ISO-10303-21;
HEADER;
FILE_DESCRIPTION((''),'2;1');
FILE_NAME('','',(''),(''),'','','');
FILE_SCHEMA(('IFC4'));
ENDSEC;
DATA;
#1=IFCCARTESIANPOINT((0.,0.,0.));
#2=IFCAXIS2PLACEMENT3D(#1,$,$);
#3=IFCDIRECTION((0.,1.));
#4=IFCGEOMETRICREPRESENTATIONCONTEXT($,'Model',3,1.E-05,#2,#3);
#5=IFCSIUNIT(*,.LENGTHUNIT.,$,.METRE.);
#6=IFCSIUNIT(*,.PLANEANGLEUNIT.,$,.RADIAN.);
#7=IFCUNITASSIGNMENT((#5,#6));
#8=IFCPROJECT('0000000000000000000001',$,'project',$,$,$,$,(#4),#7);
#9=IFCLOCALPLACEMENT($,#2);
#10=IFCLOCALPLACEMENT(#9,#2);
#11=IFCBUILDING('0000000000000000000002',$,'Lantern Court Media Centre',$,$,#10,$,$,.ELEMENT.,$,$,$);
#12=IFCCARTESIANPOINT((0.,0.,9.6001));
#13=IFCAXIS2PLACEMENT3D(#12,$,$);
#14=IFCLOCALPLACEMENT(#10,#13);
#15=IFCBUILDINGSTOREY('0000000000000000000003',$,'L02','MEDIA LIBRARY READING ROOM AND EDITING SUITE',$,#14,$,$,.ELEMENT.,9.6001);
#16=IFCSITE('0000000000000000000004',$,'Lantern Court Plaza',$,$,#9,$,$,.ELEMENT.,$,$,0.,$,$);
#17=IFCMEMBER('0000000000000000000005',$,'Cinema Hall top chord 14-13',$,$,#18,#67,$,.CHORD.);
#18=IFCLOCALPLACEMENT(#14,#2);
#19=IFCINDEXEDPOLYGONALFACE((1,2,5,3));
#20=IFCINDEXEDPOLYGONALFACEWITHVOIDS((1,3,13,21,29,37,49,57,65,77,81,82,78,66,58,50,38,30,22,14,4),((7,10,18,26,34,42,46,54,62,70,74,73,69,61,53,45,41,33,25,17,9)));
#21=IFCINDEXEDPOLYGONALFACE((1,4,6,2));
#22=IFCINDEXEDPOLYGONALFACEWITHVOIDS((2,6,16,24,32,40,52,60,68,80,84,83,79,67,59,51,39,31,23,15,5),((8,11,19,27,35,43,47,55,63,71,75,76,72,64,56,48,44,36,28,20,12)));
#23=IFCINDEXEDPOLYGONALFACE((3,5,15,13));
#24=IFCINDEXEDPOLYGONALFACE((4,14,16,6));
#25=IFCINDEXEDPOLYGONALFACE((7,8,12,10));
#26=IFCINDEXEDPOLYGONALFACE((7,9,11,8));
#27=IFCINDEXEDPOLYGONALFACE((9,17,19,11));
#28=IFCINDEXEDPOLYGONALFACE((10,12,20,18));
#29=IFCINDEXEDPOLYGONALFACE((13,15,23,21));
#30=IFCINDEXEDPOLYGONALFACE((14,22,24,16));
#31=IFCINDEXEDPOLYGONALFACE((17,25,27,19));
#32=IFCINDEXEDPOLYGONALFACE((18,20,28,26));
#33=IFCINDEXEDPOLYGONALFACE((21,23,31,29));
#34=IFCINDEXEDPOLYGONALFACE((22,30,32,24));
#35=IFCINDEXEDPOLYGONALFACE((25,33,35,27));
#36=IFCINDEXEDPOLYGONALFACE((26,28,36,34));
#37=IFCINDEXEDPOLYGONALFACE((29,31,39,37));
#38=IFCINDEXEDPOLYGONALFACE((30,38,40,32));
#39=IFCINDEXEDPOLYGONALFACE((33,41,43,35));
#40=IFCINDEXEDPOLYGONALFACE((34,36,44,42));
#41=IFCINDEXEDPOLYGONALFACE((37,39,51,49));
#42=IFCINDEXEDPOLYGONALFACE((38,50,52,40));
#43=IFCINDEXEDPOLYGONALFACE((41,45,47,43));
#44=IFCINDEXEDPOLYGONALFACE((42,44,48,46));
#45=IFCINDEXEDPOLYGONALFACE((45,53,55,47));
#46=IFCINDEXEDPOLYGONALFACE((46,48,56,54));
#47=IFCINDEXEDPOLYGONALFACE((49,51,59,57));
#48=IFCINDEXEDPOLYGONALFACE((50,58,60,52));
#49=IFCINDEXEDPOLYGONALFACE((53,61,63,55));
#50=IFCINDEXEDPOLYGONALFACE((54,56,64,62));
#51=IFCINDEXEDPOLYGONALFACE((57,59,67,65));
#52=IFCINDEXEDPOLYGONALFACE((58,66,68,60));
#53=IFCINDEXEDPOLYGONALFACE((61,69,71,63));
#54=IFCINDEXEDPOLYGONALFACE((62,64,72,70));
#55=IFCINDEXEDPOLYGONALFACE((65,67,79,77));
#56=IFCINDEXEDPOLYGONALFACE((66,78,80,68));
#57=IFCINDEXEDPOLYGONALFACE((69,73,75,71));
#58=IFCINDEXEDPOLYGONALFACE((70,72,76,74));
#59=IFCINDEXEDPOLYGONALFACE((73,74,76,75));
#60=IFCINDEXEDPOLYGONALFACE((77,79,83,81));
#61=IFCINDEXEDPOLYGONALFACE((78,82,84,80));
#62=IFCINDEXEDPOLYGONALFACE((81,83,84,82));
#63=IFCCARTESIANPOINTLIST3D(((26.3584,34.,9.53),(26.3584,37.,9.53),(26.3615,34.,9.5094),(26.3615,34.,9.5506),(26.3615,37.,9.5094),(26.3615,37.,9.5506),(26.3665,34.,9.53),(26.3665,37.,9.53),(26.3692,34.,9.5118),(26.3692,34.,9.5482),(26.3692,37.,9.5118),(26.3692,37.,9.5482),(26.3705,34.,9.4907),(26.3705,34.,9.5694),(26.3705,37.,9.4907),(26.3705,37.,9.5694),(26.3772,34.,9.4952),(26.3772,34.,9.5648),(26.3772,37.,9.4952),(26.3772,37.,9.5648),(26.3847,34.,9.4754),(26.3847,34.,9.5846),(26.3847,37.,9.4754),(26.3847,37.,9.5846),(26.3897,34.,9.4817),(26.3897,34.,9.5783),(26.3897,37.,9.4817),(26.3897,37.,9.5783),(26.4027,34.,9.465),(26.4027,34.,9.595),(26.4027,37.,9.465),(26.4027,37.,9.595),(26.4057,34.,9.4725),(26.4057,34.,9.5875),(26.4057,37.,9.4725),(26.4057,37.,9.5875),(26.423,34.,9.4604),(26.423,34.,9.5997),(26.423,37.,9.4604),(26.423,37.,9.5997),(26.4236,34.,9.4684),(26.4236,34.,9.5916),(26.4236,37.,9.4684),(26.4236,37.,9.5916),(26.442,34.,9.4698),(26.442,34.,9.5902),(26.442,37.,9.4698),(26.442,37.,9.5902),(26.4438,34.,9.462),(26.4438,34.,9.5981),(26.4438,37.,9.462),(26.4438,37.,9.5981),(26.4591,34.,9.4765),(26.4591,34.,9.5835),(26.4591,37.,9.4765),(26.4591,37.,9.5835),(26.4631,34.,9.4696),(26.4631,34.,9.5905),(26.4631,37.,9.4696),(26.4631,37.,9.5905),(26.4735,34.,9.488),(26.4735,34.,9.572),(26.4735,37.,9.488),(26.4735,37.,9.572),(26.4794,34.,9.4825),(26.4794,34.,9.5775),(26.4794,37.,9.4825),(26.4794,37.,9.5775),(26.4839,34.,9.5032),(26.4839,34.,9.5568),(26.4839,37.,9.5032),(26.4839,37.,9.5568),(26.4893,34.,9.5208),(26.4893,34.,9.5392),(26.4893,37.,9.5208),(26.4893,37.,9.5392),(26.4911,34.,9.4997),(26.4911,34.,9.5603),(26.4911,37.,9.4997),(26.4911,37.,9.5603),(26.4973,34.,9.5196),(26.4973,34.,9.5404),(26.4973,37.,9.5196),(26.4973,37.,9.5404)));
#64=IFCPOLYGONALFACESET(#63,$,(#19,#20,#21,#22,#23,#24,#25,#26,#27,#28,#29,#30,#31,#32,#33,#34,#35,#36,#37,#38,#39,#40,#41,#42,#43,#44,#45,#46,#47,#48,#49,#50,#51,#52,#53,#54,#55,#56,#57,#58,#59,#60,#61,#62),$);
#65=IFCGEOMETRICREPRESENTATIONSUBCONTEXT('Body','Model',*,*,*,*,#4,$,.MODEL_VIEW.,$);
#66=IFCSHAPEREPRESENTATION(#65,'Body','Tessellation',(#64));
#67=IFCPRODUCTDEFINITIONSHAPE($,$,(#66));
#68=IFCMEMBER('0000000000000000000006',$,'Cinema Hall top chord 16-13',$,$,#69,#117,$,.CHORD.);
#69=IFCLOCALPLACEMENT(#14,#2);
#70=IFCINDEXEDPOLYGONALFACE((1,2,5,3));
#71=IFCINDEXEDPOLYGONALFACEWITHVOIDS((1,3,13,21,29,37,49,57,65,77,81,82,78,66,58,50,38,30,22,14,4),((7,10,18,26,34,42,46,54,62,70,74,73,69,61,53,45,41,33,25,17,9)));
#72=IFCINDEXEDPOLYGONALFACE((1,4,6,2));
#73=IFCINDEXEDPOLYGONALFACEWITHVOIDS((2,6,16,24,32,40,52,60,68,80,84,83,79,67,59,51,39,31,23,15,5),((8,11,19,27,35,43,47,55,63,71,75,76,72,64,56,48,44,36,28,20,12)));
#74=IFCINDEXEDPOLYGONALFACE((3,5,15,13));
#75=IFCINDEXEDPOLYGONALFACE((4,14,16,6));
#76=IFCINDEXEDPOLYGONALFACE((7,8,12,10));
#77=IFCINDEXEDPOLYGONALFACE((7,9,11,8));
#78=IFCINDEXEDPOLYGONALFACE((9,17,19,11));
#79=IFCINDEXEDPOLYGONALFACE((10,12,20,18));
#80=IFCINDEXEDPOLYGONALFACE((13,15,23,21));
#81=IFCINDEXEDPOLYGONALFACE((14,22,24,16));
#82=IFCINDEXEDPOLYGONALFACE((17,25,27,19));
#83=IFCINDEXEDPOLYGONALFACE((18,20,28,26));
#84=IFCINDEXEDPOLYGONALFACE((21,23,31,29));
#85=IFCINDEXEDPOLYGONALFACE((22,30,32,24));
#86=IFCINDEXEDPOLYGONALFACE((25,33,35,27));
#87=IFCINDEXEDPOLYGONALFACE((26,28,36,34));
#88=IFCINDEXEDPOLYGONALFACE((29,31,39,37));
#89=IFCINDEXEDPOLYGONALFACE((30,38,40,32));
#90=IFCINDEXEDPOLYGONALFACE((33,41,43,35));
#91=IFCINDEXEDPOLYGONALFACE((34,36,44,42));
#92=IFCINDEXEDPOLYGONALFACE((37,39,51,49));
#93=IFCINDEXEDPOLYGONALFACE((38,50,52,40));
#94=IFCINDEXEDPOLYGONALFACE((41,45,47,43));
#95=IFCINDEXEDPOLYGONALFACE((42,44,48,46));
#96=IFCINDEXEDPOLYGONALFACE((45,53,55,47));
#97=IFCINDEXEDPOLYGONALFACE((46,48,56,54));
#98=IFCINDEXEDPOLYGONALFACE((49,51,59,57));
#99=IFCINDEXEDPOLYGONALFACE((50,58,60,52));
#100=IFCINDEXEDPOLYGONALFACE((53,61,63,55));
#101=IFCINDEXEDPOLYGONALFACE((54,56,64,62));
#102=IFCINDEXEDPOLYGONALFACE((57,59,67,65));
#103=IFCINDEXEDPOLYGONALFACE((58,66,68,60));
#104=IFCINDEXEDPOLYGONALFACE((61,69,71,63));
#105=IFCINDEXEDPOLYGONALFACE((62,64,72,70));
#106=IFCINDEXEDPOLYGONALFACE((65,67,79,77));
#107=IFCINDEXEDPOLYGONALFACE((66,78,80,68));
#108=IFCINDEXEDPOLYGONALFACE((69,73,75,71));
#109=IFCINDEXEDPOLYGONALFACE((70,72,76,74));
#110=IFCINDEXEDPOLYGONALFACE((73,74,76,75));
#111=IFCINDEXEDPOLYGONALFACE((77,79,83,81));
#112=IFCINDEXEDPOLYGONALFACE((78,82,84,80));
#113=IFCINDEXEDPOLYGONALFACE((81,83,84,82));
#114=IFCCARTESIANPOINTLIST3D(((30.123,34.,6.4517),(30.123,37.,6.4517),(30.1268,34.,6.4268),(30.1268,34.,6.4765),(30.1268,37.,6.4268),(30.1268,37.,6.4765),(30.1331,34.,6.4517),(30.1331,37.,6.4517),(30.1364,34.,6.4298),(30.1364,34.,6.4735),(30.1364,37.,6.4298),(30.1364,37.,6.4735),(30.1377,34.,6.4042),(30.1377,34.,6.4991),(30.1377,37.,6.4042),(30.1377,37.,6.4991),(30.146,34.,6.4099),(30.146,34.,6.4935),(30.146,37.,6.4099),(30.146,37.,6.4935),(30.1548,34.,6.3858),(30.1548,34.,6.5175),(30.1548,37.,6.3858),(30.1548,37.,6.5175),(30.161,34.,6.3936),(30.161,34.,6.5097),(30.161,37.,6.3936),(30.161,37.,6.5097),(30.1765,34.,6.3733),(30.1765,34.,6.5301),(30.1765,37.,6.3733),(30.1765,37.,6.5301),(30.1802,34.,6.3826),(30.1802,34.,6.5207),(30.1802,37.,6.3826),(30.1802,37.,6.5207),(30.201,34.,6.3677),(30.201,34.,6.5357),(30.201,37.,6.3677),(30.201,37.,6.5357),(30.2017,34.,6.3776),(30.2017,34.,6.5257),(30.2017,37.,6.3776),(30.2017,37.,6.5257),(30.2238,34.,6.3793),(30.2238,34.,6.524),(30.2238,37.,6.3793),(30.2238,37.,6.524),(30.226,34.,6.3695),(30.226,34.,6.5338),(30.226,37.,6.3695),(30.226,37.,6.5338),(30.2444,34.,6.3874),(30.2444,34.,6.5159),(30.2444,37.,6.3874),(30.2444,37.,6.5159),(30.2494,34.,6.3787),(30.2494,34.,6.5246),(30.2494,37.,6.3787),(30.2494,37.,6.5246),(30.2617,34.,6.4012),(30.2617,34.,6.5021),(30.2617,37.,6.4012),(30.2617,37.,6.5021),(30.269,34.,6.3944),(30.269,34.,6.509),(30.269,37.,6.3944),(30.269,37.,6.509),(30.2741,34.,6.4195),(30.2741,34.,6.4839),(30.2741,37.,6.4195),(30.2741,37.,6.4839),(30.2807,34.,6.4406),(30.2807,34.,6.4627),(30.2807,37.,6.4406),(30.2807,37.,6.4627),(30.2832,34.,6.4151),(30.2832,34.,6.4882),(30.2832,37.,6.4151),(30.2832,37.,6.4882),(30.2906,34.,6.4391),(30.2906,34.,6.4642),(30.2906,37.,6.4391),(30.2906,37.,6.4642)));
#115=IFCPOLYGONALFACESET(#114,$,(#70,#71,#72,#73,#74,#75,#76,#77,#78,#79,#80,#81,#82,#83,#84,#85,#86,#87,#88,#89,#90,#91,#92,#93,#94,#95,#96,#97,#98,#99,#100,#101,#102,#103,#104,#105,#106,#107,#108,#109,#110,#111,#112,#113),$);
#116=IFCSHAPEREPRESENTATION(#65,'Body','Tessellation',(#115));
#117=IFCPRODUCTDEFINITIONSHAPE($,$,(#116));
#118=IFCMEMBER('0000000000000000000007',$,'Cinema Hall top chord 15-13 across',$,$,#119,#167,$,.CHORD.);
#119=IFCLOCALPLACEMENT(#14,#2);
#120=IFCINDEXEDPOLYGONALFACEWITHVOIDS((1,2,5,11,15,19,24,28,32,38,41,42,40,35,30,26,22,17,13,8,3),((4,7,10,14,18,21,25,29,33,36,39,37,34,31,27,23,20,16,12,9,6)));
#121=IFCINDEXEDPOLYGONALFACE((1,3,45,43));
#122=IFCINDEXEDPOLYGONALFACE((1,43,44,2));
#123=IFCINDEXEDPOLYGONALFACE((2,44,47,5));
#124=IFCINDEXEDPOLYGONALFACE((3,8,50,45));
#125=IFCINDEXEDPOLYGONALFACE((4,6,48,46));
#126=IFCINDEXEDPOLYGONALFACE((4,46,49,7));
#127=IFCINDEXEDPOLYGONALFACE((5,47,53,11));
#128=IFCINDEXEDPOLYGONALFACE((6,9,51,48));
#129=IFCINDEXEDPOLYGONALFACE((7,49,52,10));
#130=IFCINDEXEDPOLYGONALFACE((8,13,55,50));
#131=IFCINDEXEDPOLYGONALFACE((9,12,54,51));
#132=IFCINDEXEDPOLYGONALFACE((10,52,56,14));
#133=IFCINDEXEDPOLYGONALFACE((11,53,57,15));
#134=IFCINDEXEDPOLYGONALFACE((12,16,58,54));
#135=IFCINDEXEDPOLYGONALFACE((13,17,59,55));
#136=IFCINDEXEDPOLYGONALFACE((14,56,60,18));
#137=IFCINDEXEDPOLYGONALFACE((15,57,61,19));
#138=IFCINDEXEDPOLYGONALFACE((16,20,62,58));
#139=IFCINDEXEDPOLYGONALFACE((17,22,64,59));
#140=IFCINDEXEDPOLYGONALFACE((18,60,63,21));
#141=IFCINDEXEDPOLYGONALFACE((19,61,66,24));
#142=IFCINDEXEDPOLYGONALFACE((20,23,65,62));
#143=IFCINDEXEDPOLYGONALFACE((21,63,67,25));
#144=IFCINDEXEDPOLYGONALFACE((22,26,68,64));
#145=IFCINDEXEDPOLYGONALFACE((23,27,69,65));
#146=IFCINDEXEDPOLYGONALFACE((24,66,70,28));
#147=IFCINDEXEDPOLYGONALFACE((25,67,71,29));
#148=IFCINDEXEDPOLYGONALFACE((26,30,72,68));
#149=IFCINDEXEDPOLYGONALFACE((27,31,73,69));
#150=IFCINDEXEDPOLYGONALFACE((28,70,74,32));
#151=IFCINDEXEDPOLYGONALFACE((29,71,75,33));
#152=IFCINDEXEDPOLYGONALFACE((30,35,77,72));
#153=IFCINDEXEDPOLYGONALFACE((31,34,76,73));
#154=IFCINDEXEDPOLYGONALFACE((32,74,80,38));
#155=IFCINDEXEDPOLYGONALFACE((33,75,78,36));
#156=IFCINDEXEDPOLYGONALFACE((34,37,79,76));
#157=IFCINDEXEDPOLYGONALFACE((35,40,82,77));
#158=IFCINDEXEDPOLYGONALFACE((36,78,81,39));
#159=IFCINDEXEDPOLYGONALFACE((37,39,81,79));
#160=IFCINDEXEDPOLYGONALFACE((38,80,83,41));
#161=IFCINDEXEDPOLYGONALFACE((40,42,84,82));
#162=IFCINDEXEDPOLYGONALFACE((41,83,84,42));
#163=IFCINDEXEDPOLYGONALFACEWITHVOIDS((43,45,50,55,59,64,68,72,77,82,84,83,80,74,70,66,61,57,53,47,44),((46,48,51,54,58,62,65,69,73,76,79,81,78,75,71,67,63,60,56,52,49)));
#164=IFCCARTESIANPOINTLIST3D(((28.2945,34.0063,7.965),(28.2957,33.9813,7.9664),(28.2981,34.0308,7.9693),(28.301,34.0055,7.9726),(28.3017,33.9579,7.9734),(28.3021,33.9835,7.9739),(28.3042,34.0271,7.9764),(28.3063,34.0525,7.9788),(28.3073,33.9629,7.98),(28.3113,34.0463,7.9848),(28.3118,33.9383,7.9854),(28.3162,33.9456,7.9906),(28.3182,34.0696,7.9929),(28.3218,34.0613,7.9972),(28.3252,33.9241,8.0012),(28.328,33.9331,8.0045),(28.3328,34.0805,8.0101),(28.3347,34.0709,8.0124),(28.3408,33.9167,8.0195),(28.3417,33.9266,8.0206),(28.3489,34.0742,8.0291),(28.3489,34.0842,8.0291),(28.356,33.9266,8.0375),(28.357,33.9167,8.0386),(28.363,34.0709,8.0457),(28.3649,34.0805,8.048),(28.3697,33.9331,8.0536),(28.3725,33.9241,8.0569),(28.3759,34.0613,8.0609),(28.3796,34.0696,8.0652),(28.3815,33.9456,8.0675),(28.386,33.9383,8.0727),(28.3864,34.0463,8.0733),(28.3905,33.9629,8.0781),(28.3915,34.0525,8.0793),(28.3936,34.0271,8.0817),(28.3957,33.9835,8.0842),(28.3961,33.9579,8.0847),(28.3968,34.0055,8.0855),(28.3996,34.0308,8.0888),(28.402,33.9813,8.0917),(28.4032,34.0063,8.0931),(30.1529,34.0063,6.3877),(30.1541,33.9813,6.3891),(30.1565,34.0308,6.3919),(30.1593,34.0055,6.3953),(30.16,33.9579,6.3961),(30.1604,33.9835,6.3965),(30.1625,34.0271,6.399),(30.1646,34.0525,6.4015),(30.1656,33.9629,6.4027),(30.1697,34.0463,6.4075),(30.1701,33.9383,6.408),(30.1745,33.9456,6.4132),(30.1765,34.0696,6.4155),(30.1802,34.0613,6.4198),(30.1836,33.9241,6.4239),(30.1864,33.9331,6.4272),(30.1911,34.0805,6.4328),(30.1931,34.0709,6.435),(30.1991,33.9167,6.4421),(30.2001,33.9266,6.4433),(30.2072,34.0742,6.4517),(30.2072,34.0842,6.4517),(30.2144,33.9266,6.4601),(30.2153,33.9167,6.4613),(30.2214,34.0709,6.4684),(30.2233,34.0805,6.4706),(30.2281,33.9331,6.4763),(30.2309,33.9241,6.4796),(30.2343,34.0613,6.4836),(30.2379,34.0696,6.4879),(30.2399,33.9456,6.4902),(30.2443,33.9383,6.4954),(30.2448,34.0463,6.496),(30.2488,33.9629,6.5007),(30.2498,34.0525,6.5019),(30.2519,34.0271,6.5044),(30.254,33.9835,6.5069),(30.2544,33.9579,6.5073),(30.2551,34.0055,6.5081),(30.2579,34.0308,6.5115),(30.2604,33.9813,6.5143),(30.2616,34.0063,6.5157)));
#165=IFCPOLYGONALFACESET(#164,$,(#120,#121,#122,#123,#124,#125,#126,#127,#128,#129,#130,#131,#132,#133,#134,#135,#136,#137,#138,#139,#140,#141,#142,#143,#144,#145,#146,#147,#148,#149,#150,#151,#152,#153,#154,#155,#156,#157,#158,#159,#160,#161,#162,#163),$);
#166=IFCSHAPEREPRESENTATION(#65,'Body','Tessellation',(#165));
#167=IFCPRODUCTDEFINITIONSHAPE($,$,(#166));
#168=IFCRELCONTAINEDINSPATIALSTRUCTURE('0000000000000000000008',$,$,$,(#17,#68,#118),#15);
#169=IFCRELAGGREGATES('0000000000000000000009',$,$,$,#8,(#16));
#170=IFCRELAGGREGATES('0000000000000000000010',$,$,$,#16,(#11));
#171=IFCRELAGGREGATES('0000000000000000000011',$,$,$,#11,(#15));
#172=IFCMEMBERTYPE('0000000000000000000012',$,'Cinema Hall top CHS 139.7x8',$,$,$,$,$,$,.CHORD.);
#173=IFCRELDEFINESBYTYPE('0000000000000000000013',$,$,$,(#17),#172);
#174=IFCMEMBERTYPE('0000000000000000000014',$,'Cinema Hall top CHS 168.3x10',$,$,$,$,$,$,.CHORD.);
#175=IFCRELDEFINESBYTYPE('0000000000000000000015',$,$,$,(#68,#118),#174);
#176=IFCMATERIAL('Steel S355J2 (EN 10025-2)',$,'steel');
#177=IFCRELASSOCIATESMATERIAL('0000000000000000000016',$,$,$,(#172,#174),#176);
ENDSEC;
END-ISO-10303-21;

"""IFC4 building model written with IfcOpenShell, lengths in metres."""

from ifc_helpers import new_model, si_unit, direction, frame, origin, origin_2d, place, context, subcontext, project, spatial, hollow_circle, extrude, material, material_profile, profile_set, type_object, element, save


model = new_model("IFC4")

# Units and contexts
model_context = context("Model", 3, precision=1e-05, world=origin(), true_north=direction((0.0, 1.0)))
body_context = subcontext(model_context, "Body", "Model", "MODEL_VIEW")
ifc_project = project(units=[si_unit("LENGTHUNIT", "METRE"), si_unit("PLANEANGLEUNIT", "RADIAN")], contexts=[model_context])

# Site, building, storey
site_placement = place(None, origin())
site = spatial("IfcSite", under=ifc_project, at=site_placement, Name="Lantern Court Plaza", CompositionType="ELEMENT", RefElevation=0.0)
building_placement = place(site_placement, origin())
building = spatial("IfcBuilding", under=site, at=building_placement, Name="Lantern Court Media Centre", CompositionType="ELEMENT")
storey_placement = place(building_placement, frame((0.0, 0.0, 9.6001)))
storey = spatial("IfcBuildingStorey", under=building, at=storey_placement, Name="L02", Description="MEDIA LIBRARY READING ROOM AND EDITING SUITE", CompositionType="ELEMENT", Elevation=9.6001)

# Members
ifc_material_1 = material(Name="Steel S355J2 (EN 10025-2)", Category="steel")
ifc_material_profile_1 = material_profile(ifc_material_1, hollow_circle(Radius=0.0698, WallThickness=0.0081, at=origin_2d()), Name="Cinema Hall top CHS 139.7x8")
ifc_profile_set_1 = profile_set([ifc_material_profile_1], Name="Steel S355J2 (EN 10025-2)")
member_type_1 = type_object("IfcMemberType", Name="Cinema Hall top CHS 139.7x8", PredefinedType="CHORD", material=ifc_profile_set_1)
member_1_placement = place(storey_placement, frame((26.4282, 34.0, 9.53), z_axis=(0.0, 1.0, 0.0), x_axis=(-1.0, 0.0, 0.0)))
element("IfcMember", 1, at=member_1_placement, inside=storey, type_object=member_type_1, Name="Cinema Hall top chord 14-13", PredefinedType="CHORD", context=body_context, shape_type="SweptSolid", body=[
    extrude(hollow_circle(Radius=0.0698, WallThickness=0.0081, at=origin_2d()), origin(), (0.0, 0.0, 1.0), 3.0),
])
ifc_material_profile_2 = material_profile(ifc_material_1, hollow_circle(Radius=0.0842, WallThickness=0.01, at=origin_2d()), Name="Cinema Hall top CHS 168.3x10")
ifc_profile_set_2 = profile_set([ifc_material_profile_2], Name="Steel S355J2 (EN 10025-2)")
member_type_2 = type_object("IfcMemberType", Name="Cinema Hall top CHS 168.3x10", PredefinedType="CHORD", material=ifc_profile_set_2)
member_2_placement = place(storey_placement, frame((30.2073, 34.0, 6.4517), z_axis=(0.0, 1.0, 0.0), x_axis=(-1.0, 0.0, 0.0)))
element("IfcMember", 2, at=member_2_placement, inside=storey, type_object=member_type_2, Name="Cinema Hall top chord 16-13", PredefinedType="CHORD", context=body_context, shape_type="SweptSolid", body=[
    extrude(hollow_circle(Radius=0.0842, WallThickness=0.01, at=origin_2d()), origin(), (0.0, 0.0, 1.0), 3.0),
])
member_3_placement = place(storey_placement, frame((28.3489, 34.0, 8.0291), z_axis=(0.762394, 0.0, -0.647113), x_axis=(0.0, 1.0, 0.0)))
element("IfcMember", 3, at=member_3_placement, inside=storey, type_object=member_type_2, Name="Cinema Hall top chord 15-13 across", PredefinedType="CHORD", context=body_context, shape_type="SweptSolid", body=[
    extrude(hollow_circle(Radius=0.0842, WallThickness=0.01, at=origin_2d()), origin(), (0.0, 0.0, 1.0), 2.4375),
])

save(model, "model.ifc")
